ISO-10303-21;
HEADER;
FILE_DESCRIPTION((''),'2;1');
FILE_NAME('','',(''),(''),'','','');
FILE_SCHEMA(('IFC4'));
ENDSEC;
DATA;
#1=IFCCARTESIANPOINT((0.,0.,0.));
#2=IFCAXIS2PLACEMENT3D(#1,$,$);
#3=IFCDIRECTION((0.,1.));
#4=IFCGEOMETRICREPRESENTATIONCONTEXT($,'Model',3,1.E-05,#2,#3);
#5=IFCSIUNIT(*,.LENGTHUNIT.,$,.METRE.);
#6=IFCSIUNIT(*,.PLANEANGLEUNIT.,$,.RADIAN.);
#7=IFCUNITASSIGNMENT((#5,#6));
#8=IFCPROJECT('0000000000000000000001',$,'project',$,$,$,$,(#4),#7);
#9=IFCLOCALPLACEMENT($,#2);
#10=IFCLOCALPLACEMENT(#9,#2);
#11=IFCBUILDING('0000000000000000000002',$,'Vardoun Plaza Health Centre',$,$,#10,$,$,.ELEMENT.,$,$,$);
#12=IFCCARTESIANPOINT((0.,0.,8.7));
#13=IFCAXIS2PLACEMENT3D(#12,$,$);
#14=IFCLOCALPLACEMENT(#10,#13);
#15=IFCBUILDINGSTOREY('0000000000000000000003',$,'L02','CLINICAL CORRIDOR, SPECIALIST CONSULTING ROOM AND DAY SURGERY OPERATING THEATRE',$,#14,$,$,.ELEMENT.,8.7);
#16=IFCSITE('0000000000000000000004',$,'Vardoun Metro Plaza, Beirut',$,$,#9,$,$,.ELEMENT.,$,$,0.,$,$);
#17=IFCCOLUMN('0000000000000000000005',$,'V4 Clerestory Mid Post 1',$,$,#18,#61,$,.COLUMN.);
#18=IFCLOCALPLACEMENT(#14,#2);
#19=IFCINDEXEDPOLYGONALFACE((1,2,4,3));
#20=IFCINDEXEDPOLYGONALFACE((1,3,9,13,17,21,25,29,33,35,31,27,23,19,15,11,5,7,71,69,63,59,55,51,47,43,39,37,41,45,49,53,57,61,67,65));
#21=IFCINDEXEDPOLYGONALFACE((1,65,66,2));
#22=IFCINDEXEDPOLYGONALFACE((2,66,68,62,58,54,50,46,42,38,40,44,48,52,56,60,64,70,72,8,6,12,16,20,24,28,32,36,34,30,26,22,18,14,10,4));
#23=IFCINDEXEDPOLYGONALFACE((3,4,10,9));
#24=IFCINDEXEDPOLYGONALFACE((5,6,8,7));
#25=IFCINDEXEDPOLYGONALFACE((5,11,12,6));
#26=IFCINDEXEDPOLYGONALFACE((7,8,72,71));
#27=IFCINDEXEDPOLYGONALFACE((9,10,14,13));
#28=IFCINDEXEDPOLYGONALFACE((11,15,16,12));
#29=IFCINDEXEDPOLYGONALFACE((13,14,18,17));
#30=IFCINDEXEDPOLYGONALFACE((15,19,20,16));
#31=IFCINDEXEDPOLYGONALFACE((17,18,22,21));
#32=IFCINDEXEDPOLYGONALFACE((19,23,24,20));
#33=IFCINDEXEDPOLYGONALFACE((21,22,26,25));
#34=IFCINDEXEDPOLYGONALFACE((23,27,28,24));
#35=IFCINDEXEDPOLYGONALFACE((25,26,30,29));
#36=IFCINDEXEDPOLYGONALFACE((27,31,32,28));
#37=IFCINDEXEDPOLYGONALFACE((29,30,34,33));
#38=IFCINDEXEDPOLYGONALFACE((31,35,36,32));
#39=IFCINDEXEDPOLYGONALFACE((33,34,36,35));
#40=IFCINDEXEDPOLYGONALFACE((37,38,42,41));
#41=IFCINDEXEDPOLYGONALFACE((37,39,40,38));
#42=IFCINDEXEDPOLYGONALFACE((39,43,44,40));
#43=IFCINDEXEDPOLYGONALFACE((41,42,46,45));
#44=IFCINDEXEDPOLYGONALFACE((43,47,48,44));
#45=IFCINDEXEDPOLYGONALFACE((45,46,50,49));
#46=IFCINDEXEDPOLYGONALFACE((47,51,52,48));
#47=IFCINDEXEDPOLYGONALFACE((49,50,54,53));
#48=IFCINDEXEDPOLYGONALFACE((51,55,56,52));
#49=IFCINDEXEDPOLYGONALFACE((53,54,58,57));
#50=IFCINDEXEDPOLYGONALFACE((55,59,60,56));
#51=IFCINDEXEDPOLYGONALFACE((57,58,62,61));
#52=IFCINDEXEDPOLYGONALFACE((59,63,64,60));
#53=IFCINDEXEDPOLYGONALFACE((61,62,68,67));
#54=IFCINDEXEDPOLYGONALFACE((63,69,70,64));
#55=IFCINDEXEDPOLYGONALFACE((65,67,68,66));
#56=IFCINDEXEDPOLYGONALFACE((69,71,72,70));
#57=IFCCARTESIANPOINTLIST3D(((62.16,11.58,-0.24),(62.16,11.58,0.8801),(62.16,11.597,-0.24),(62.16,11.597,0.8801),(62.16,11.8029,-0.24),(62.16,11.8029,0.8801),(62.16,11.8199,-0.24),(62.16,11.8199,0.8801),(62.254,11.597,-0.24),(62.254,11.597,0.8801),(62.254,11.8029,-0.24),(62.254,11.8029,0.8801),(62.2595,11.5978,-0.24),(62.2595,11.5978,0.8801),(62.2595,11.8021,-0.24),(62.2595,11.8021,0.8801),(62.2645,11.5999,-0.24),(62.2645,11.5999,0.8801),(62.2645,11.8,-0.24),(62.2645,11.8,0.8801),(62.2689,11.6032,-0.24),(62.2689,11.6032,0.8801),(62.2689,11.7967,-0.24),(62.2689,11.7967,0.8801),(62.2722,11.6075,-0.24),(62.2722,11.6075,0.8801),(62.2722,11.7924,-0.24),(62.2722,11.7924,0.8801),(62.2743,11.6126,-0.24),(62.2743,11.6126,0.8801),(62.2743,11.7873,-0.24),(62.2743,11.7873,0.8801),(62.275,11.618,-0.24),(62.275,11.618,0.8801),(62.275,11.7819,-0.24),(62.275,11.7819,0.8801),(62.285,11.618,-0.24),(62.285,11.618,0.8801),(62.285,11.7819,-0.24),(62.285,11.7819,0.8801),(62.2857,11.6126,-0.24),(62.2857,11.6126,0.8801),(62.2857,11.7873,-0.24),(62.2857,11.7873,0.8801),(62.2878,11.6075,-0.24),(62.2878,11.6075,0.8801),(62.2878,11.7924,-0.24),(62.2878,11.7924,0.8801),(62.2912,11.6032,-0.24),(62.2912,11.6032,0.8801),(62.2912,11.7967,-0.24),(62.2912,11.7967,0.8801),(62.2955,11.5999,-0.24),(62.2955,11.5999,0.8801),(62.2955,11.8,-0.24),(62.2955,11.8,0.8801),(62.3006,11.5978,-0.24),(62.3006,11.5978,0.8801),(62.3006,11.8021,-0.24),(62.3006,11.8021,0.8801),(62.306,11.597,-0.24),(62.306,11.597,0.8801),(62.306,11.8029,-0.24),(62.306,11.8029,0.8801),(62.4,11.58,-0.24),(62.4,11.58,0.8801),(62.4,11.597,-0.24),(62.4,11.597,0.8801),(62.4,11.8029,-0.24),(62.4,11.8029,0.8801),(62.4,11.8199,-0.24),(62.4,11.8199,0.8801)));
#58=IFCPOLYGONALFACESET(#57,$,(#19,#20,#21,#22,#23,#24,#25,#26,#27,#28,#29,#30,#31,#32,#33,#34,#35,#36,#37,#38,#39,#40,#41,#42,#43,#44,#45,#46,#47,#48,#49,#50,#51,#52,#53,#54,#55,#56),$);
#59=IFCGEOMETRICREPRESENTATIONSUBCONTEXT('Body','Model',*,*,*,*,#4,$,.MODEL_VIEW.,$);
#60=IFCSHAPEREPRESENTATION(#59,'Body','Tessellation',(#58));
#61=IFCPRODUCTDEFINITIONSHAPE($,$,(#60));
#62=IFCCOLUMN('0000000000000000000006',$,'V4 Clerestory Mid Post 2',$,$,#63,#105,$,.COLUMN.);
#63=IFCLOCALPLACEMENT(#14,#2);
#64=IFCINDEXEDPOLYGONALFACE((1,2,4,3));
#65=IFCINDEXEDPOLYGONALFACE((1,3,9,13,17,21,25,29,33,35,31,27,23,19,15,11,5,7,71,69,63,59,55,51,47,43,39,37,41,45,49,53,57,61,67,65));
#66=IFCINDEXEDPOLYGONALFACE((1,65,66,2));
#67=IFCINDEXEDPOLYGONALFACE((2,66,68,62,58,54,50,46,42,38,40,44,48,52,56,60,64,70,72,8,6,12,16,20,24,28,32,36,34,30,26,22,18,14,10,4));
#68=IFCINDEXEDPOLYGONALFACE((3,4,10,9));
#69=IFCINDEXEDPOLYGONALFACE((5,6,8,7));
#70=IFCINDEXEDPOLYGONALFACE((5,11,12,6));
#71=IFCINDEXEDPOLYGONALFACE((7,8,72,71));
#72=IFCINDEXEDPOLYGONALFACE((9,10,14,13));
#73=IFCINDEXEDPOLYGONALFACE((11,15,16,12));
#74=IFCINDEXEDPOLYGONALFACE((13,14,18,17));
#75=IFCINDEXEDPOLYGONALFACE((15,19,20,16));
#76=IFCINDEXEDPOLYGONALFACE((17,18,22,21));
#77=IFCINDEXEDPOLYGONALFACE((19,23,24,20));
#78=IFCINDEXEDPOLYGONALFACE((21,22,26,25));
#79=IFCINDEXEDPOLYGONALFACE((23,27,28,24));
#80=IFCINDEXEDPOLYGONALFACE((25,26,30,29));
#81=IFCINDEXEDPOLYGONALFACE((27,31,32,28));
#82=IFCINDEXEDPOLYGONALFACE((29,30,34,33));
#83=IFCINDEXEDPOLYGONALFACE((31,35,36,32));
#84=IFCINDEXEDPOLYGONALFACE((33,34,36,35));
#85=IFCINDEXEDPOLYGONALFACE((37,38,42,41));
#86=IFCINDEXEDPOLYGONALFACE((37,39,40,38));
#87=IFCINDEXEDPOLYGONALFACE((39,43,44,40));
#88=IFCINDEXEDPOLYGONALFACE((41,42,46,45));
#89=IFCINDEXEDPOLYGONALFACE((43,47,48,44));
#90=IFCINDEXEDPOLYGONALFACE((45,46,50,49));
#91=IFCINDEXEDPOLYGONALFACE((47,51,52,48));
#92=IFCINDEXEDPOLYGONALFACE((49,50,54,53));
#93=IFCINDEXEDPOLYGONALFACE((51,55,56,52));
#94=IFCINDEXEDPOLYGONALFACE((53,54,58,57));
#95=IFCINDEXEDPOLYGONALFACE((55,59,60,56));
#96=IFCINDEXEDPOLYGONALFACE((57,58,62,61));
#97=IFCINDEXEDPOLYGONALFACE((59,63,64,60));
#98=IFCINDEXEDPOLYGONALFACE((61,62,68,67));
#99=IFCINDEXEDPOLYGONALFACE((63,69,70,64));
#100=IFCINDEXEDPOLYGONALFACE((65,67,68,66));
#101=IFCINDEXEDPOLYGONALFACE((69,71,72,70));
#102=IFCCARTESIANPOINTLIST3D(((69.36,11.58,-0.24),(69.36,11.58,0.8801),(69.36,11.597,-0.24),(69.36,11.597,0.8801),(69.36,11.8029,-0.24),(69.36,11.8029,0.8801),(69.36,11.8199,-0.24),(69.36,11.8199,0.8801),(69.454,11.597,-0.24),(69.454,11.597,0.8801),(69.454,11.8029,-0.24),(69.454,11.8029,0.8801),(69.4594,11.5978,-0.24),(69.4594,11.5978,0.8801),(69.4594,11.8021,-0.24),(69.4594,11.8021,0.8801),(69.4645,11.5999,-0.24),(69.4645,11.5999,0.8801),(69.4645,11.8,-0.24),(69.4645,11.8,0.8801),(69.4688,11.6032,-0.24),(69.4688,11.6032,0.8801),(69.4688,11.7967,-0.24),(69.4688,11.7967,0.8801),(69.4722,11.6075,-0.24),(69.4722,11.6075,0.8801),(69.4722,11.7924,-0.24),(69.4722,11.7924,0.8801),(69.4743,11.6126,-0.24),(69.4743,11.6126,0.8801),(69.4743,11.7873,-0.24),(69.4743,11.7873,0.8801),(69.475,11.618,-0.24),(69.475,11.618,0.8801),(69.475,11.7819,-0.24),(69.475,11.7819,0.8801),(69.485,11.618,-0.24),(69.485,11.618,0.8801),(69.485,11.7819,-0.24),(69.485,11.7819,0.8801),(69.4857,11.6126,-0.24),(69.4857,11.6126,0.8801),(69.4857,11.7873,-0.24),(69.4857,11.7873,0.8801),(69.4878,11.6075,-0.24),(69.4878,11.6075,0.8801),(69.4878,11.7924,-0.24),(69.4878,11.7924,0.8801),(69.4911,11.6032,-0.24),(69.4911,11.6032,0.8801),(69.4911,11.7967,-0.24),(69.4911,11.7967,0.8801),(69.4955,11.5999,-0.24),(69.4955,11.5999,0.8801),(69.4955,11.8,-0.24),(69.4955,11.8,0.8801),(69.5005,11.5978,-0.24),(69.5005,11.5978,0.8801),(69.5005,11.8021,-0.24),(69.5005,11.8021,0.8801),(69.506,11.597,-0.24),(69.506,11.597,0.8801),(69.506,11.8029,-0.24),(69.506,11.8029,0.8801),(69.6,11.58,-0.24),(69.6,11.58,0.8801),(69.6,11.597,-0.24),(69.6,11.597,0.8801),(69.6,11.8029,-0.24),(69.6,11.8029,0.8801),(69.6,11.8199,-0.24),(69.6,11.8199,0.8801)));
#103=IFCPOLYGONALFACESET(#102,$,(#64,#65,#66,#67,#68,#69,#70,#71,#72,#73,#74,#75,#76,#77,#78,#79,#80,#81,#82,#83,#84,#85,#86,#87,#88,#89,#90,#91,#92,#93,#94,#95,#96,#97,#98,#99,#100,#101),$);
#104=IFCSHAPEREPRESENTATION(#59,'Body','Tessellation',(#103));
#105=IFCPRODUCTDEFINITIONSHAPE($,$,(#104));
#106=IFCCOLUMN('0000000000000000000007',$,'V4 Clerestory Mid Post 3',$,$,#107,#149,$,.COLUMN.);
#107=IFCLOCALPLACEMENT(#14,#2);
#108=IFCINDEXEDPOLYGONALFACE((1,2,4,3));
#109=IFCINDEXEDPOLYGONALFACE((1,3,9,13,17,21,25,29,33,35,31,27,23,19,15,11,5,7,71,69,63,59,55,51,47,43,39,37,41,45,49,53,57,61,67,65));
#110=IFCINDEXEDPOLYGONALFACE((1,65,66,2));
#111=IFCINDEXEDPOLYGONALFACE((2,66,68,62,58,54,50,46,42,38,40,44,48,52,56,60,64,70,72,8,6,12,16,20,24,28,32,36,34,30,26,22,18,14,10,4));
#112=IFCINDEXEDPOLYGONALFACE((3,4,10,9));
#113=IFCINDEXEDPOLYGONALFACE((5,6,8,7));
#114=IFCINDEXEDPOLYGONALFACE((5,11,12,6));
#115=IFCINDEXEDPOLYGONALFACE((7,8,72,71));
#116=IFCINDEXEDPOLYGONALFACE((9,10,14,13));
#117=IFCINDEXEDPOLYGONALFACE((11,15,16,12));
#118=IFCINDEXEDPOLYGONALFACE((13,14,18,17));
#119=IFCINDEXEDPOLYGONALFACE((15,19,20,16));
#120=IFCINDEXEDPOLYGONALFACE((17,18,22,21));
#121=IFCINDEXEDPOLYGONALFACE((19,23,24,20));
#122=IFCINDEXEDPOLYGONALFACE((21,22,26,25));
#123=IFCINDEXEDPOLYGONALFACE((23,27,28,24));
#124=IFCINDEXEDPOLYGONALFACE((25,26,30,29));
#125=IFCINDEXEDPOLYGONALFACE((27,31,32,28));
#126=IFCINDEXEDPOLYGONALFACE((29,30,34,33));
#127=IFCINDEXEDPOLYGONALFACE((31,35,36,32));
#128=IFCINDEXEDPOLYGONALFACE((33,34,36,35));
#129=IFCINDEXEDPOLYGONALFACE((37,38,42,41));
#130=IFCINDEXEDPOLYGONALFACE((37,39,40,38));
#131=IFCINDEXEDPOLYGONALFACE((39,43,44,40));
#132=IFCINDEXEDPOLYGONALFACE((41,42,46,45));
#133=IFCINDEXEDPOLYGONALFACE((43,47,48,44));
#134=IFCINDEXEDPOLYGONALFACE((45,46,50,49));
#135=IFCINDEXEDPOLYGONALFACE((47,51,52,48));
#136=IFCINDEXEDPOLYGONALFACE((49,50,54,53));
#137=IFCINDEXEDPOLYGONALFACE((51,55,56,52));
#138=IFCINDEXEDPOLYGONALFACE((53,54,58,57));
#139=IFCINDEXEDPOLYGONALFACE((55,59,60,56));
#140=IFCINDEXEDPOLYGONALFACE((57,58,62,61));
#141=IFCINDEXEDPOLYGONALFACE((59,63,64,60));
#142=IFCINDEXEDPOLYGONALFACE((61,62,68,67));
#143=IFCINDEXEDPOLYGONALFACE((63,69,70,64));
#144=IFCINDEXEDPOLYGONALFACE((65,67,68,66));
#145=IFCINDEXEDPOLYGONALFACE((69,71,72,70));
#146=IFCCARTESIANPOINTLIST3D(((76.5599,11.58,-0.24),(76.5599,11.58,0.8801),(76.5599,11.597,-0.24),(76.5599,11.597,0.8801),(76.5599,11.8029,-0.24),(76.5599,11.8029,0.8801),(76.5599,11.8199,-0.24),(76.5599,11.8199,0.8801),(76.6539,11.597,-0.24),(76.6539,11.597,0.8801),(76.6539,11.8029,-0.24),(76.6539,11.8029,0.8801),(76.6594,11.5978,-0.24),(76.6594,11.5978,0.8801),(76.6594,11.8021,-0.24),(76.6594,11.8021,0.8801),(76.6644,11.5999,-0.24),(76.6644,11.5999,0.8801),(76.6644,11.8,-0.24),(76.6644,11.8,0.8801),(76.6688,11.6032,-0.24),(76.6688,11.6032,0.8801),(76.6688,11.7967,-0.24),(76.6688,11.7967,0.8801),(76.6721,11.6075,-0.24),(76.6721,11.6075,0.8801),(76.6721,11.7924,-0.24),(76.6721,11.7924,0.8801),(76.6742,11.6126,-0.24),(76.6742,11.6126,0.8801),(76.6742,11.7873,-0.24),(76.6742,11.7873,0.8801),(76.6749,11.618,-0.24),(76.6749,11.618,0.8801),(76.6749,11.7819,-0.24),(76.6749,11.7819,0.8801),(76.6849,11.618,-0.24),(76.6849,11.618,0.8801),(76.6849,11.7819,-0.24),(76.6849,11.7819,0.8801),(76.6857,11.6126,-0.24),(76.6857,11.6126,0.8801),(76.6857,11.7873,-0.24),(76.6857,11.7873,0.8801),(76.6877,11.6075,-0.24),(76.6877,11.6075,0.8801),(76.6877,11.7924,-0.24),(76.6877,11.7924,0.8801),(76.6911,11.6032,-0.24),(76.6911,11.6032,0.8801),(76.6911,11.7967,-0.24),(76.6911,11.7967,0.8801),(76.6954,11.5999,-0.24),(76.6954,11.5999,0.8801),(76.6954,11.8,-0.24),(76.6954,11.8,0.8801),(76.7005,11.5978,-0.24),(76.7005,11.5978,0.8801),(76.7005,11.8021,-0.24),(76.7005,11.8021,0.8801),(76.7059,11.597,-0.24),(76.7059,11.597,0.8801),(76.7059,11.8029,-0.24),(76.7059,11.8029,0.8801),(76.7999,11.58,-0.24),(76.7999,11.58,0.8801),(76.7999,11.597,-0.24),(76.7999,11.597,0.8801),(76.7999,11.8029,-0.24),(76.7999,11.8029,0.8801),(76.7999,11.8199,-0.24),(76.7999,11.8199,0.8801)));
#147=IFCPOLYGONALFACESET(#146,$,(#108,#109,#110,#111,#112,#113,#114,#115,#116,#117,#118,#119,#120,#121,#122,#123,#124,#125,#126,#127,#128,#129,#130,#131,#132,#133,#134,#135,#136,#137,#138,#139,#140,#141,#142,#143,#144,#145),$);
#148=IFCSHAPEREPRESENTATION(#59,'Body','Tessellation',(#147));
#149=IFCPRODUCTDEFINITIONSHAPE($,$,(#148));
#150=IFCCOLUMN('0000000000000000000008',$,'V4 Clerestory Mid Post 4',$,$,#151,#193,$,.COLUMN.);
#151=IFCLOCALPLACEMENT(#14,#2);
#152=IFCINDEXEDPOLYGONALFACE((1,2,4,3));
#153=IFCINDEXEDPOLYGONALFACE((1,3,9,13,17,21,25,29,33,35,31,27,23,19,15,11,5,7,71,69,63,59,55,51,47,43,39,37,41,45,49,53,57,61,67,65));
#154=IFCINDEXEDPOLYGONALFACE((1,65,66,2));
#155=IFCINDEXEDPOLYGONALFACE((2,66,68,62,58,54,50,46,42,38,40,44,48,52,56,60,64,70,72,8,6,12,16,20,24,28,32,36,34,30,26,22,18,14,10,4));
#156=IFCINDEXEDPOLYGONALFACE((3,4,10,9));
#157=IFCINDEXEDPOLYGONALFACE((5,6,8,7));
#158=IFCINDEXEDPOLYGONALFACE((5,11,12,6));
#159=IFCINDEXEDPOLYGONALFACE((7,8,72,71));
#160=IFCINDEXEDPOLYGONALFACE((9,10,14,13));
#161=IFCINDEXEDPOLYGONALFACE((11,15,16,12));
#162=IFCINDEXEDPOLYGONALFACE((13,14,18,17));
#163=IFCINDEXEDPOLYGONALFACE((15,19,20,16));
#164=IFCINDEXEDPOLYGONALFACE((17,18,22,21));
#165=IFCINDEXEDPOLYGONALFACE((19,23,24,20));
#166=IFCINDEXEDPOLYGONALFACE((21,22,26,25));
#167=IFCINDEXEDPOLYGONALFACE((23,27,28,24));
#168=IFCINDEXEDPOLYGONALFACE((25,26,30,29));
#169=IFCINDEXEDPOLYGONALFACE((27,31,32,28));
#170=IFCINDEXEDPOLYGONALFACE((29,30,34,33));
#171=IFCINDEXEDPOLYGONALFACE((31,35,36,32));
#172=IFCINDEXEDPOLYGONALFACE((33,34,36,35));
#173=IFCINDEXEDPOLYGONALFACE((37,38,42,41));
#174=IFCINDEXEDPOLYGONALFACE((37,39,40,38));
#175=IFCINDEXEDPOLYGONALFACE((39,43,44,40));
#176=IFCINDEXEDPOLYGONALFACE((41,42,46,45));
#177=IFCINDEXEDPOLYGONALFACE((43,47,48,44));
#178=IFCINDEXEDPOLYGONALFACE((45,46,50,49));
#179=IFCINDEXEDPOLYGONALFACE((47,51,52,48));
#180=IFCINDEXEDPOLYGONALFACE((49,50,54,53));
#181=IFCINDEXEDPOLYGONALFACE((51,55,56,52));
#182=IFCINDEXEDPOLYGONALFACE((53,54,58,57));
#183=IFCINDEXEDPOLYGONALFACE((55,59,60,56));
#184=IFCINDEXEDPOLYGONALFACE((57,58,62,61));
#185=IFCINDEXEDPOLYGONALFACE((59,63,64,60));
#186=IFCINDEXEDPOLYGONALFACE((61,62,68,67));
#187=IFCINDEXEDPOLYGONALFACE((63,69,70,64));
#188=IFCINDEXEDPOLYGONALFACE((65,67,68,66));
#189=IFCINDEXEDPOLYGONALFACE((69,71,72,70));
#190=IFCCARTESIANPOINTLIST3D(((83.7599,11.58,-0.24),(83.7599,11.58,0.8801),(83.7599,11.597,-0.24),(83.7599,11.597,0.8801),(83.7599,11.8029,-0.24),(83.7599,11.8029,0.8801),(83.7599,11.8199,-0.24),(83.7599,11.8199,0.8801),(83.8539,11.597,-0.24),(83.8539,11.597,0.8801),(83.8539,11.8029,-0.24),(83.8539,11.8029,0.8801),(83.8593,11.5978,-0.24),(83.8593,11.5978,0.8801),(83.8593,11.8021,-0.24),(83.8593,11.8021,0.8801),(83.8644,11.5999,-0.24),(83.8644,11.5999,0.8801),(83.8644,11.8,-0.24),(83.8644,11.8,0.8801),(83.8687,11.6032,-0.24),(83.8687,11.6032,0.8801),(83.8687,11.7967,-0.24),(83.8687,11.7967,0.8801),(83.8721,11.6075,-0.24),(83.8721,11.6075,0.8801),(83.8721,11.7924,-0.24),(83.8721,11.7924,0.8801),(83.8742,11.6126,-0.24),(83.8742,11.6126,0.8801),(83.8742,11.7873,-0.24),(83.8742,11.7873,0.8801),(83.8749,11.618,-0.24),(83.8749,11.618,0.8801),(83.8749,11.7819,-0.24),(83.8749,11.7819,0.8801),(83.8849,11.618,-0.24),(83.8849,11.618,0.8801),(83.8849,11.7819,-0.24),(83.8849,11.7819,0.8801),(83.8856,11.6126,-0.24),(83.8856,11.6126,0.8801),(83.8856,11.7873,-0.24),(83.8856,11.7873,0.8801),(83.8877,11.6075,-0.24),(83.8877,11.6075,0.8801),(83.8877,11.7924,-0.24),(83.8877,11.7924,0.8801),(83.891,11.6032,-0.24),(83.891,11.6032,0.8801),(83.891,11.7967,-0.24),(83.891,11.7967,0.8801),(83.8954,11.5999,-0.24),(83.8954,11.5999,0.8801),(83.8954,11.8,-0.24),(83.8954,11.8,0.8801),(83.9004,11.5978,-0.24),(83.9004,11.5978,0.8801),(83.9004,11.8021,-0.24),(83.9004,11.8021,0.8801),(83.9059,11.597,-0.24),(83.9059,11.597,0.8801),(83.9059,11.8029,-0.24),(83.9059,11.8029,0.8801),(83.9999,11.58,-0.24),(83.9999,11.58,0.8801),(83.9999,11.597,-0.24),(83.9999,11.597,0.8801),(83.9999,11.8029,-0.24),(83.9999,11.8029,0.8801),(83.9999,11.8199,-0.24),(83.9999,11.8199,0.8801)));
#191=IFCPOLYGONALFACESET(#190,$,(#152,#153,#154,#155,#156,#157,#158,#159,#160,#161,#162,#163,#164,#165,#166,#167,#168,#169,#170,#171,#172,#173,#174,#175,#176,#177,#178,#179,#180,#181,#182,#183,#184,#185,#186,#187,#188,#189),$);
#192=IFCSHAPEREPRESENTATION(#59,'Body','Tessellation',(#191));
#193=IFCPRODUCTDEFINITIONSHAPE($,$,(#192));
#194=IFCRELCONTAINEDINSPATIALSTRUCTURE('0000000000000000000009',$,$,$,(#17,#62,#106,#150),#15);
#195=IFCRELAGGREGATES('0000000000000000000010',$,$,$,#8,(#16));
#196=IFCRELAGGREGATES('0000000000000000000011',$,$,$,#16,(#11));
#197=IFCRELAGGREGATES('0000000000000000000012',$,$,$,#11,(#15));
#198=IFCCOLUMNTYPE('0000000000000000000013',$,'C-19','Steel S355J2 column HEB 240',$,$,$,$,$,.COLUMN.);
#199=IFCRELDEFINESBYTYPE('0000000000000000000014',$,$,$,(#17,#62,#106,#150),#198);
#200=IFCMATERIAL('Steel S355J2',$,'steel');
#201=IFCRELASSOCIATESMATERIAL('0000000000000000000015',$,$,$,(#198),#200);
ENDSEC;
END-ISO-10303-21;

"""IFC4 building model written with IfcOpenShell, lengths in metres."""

from ifc_helpers import new_model, si_unit, direction, frame, origin, origin_2d, place, context, subcontext, project, spatial, i_section, extrude, material, material_profile, profile_set, type_object, element, save


model = new_model("IFC4")

# Units and contexts
model_context = context("Model", 3, precision=1e-05, world=origin(), true_north=direction((0.0, 1.0)))
body_context = subcontext(model_context, "Body", "Model", "MODEL_VIEW")
ifc_project = project(units=[si_unit("LENGTHUNIT", "METRE"), si_unit("PLANEANGLEUNIT", "RADIAN")], contexts=[model_context])

# Site, building, storey
site_placement = place(None, origin())
site = spatial("IfcSite", under=ifc_project, at=site_placement, Name="Vardoun Metro Plaza, Beirut", CompositionType="ELEMENT", RefElevation=0.0)
building_placement = place(site_placement, origin())
building = spatial("IfcBuilding", under=site, at=building_placement, Name="Vardoun Plaza Health Centre", CompositionType="ELEMENT")
storey_placement = place(building_placement, frame((0.0, 0.0, 8.7)))
storey = spatial("IfcBuildingStorey", under=building, at=storey_placement, Name="L02", Description="CLINICAL CORRIDOR, SPECIALIST CONSULTING ROOM AND DAY SURGERY OPERATING THEATRE", CompositionType="ELEMENT", Elevation=8.7)

# Columns
ifc_material_1 = material(Name="Steel S355J2", Category="steel")
ifc_material_profile_1 = material_profile(ifc_material_1, i_section(OverallWidth=0.24, OverallDepth=0.24, WebThickness=0.01, FlangeThickness=0.0171, FilletRadius=0.021, at=origin_2d()), Name="HEB 240")
ifc_profile_set_1 = profile_set([ifc_material_profile_1], Name="Steel S355J2")
column_type_1 = type_object("IfcColumnType", Name="C-19", Description="Steel S355J2 column HEB 240", PredefinedType="COLUMN", material=ifc_profile_set_1)
for number, where, z_axis, x_axis, name in (
    (1, (62.28, 11.7, -0.24), (0.0, 0.0, 1.0), (1.0, 0.0, 0.0), "V4 Clerestory Mid Post 1"),
    (2, (69.48, 11.7, -0.24), (0.0, 0.0, 1.0), (1.0, 0.0, 0.0), "V4 Clerestory Mid Post 2"),
    (3, (76.6799, 11.7, -0.24), (0.0, 0.0, 1.0), (1.0, 0.0, 0.0), "V4 Clerestory Mid Post 3"),
    (4, (83.8799, 11.7, -0.24), (0.0, 0.0, 1.0), (1.0, 0.0, 0.0), "V4 Clerestory Mid Post 4"),
):
    element("IfcColumn", number, at=place(storey_placement, frame(where, z_axis=z_axis, x_axis=x_axis)), inside=storey, type_object=column_type_1, Name=name, PredefinedType="COLUMN", context=body_context, shape_type="SweptSolid", body=[
        extrude(i_section(OverallWidth=0.24, OverallDepth=0.24, WebThickness=0.01, FlangeThickness=0.0171, FilletRadius=0.021, at=origin_2d()), origin(), (0.0, 0.0, 1.0), 1.1201),
    ])

save(model, "model.ifc")
